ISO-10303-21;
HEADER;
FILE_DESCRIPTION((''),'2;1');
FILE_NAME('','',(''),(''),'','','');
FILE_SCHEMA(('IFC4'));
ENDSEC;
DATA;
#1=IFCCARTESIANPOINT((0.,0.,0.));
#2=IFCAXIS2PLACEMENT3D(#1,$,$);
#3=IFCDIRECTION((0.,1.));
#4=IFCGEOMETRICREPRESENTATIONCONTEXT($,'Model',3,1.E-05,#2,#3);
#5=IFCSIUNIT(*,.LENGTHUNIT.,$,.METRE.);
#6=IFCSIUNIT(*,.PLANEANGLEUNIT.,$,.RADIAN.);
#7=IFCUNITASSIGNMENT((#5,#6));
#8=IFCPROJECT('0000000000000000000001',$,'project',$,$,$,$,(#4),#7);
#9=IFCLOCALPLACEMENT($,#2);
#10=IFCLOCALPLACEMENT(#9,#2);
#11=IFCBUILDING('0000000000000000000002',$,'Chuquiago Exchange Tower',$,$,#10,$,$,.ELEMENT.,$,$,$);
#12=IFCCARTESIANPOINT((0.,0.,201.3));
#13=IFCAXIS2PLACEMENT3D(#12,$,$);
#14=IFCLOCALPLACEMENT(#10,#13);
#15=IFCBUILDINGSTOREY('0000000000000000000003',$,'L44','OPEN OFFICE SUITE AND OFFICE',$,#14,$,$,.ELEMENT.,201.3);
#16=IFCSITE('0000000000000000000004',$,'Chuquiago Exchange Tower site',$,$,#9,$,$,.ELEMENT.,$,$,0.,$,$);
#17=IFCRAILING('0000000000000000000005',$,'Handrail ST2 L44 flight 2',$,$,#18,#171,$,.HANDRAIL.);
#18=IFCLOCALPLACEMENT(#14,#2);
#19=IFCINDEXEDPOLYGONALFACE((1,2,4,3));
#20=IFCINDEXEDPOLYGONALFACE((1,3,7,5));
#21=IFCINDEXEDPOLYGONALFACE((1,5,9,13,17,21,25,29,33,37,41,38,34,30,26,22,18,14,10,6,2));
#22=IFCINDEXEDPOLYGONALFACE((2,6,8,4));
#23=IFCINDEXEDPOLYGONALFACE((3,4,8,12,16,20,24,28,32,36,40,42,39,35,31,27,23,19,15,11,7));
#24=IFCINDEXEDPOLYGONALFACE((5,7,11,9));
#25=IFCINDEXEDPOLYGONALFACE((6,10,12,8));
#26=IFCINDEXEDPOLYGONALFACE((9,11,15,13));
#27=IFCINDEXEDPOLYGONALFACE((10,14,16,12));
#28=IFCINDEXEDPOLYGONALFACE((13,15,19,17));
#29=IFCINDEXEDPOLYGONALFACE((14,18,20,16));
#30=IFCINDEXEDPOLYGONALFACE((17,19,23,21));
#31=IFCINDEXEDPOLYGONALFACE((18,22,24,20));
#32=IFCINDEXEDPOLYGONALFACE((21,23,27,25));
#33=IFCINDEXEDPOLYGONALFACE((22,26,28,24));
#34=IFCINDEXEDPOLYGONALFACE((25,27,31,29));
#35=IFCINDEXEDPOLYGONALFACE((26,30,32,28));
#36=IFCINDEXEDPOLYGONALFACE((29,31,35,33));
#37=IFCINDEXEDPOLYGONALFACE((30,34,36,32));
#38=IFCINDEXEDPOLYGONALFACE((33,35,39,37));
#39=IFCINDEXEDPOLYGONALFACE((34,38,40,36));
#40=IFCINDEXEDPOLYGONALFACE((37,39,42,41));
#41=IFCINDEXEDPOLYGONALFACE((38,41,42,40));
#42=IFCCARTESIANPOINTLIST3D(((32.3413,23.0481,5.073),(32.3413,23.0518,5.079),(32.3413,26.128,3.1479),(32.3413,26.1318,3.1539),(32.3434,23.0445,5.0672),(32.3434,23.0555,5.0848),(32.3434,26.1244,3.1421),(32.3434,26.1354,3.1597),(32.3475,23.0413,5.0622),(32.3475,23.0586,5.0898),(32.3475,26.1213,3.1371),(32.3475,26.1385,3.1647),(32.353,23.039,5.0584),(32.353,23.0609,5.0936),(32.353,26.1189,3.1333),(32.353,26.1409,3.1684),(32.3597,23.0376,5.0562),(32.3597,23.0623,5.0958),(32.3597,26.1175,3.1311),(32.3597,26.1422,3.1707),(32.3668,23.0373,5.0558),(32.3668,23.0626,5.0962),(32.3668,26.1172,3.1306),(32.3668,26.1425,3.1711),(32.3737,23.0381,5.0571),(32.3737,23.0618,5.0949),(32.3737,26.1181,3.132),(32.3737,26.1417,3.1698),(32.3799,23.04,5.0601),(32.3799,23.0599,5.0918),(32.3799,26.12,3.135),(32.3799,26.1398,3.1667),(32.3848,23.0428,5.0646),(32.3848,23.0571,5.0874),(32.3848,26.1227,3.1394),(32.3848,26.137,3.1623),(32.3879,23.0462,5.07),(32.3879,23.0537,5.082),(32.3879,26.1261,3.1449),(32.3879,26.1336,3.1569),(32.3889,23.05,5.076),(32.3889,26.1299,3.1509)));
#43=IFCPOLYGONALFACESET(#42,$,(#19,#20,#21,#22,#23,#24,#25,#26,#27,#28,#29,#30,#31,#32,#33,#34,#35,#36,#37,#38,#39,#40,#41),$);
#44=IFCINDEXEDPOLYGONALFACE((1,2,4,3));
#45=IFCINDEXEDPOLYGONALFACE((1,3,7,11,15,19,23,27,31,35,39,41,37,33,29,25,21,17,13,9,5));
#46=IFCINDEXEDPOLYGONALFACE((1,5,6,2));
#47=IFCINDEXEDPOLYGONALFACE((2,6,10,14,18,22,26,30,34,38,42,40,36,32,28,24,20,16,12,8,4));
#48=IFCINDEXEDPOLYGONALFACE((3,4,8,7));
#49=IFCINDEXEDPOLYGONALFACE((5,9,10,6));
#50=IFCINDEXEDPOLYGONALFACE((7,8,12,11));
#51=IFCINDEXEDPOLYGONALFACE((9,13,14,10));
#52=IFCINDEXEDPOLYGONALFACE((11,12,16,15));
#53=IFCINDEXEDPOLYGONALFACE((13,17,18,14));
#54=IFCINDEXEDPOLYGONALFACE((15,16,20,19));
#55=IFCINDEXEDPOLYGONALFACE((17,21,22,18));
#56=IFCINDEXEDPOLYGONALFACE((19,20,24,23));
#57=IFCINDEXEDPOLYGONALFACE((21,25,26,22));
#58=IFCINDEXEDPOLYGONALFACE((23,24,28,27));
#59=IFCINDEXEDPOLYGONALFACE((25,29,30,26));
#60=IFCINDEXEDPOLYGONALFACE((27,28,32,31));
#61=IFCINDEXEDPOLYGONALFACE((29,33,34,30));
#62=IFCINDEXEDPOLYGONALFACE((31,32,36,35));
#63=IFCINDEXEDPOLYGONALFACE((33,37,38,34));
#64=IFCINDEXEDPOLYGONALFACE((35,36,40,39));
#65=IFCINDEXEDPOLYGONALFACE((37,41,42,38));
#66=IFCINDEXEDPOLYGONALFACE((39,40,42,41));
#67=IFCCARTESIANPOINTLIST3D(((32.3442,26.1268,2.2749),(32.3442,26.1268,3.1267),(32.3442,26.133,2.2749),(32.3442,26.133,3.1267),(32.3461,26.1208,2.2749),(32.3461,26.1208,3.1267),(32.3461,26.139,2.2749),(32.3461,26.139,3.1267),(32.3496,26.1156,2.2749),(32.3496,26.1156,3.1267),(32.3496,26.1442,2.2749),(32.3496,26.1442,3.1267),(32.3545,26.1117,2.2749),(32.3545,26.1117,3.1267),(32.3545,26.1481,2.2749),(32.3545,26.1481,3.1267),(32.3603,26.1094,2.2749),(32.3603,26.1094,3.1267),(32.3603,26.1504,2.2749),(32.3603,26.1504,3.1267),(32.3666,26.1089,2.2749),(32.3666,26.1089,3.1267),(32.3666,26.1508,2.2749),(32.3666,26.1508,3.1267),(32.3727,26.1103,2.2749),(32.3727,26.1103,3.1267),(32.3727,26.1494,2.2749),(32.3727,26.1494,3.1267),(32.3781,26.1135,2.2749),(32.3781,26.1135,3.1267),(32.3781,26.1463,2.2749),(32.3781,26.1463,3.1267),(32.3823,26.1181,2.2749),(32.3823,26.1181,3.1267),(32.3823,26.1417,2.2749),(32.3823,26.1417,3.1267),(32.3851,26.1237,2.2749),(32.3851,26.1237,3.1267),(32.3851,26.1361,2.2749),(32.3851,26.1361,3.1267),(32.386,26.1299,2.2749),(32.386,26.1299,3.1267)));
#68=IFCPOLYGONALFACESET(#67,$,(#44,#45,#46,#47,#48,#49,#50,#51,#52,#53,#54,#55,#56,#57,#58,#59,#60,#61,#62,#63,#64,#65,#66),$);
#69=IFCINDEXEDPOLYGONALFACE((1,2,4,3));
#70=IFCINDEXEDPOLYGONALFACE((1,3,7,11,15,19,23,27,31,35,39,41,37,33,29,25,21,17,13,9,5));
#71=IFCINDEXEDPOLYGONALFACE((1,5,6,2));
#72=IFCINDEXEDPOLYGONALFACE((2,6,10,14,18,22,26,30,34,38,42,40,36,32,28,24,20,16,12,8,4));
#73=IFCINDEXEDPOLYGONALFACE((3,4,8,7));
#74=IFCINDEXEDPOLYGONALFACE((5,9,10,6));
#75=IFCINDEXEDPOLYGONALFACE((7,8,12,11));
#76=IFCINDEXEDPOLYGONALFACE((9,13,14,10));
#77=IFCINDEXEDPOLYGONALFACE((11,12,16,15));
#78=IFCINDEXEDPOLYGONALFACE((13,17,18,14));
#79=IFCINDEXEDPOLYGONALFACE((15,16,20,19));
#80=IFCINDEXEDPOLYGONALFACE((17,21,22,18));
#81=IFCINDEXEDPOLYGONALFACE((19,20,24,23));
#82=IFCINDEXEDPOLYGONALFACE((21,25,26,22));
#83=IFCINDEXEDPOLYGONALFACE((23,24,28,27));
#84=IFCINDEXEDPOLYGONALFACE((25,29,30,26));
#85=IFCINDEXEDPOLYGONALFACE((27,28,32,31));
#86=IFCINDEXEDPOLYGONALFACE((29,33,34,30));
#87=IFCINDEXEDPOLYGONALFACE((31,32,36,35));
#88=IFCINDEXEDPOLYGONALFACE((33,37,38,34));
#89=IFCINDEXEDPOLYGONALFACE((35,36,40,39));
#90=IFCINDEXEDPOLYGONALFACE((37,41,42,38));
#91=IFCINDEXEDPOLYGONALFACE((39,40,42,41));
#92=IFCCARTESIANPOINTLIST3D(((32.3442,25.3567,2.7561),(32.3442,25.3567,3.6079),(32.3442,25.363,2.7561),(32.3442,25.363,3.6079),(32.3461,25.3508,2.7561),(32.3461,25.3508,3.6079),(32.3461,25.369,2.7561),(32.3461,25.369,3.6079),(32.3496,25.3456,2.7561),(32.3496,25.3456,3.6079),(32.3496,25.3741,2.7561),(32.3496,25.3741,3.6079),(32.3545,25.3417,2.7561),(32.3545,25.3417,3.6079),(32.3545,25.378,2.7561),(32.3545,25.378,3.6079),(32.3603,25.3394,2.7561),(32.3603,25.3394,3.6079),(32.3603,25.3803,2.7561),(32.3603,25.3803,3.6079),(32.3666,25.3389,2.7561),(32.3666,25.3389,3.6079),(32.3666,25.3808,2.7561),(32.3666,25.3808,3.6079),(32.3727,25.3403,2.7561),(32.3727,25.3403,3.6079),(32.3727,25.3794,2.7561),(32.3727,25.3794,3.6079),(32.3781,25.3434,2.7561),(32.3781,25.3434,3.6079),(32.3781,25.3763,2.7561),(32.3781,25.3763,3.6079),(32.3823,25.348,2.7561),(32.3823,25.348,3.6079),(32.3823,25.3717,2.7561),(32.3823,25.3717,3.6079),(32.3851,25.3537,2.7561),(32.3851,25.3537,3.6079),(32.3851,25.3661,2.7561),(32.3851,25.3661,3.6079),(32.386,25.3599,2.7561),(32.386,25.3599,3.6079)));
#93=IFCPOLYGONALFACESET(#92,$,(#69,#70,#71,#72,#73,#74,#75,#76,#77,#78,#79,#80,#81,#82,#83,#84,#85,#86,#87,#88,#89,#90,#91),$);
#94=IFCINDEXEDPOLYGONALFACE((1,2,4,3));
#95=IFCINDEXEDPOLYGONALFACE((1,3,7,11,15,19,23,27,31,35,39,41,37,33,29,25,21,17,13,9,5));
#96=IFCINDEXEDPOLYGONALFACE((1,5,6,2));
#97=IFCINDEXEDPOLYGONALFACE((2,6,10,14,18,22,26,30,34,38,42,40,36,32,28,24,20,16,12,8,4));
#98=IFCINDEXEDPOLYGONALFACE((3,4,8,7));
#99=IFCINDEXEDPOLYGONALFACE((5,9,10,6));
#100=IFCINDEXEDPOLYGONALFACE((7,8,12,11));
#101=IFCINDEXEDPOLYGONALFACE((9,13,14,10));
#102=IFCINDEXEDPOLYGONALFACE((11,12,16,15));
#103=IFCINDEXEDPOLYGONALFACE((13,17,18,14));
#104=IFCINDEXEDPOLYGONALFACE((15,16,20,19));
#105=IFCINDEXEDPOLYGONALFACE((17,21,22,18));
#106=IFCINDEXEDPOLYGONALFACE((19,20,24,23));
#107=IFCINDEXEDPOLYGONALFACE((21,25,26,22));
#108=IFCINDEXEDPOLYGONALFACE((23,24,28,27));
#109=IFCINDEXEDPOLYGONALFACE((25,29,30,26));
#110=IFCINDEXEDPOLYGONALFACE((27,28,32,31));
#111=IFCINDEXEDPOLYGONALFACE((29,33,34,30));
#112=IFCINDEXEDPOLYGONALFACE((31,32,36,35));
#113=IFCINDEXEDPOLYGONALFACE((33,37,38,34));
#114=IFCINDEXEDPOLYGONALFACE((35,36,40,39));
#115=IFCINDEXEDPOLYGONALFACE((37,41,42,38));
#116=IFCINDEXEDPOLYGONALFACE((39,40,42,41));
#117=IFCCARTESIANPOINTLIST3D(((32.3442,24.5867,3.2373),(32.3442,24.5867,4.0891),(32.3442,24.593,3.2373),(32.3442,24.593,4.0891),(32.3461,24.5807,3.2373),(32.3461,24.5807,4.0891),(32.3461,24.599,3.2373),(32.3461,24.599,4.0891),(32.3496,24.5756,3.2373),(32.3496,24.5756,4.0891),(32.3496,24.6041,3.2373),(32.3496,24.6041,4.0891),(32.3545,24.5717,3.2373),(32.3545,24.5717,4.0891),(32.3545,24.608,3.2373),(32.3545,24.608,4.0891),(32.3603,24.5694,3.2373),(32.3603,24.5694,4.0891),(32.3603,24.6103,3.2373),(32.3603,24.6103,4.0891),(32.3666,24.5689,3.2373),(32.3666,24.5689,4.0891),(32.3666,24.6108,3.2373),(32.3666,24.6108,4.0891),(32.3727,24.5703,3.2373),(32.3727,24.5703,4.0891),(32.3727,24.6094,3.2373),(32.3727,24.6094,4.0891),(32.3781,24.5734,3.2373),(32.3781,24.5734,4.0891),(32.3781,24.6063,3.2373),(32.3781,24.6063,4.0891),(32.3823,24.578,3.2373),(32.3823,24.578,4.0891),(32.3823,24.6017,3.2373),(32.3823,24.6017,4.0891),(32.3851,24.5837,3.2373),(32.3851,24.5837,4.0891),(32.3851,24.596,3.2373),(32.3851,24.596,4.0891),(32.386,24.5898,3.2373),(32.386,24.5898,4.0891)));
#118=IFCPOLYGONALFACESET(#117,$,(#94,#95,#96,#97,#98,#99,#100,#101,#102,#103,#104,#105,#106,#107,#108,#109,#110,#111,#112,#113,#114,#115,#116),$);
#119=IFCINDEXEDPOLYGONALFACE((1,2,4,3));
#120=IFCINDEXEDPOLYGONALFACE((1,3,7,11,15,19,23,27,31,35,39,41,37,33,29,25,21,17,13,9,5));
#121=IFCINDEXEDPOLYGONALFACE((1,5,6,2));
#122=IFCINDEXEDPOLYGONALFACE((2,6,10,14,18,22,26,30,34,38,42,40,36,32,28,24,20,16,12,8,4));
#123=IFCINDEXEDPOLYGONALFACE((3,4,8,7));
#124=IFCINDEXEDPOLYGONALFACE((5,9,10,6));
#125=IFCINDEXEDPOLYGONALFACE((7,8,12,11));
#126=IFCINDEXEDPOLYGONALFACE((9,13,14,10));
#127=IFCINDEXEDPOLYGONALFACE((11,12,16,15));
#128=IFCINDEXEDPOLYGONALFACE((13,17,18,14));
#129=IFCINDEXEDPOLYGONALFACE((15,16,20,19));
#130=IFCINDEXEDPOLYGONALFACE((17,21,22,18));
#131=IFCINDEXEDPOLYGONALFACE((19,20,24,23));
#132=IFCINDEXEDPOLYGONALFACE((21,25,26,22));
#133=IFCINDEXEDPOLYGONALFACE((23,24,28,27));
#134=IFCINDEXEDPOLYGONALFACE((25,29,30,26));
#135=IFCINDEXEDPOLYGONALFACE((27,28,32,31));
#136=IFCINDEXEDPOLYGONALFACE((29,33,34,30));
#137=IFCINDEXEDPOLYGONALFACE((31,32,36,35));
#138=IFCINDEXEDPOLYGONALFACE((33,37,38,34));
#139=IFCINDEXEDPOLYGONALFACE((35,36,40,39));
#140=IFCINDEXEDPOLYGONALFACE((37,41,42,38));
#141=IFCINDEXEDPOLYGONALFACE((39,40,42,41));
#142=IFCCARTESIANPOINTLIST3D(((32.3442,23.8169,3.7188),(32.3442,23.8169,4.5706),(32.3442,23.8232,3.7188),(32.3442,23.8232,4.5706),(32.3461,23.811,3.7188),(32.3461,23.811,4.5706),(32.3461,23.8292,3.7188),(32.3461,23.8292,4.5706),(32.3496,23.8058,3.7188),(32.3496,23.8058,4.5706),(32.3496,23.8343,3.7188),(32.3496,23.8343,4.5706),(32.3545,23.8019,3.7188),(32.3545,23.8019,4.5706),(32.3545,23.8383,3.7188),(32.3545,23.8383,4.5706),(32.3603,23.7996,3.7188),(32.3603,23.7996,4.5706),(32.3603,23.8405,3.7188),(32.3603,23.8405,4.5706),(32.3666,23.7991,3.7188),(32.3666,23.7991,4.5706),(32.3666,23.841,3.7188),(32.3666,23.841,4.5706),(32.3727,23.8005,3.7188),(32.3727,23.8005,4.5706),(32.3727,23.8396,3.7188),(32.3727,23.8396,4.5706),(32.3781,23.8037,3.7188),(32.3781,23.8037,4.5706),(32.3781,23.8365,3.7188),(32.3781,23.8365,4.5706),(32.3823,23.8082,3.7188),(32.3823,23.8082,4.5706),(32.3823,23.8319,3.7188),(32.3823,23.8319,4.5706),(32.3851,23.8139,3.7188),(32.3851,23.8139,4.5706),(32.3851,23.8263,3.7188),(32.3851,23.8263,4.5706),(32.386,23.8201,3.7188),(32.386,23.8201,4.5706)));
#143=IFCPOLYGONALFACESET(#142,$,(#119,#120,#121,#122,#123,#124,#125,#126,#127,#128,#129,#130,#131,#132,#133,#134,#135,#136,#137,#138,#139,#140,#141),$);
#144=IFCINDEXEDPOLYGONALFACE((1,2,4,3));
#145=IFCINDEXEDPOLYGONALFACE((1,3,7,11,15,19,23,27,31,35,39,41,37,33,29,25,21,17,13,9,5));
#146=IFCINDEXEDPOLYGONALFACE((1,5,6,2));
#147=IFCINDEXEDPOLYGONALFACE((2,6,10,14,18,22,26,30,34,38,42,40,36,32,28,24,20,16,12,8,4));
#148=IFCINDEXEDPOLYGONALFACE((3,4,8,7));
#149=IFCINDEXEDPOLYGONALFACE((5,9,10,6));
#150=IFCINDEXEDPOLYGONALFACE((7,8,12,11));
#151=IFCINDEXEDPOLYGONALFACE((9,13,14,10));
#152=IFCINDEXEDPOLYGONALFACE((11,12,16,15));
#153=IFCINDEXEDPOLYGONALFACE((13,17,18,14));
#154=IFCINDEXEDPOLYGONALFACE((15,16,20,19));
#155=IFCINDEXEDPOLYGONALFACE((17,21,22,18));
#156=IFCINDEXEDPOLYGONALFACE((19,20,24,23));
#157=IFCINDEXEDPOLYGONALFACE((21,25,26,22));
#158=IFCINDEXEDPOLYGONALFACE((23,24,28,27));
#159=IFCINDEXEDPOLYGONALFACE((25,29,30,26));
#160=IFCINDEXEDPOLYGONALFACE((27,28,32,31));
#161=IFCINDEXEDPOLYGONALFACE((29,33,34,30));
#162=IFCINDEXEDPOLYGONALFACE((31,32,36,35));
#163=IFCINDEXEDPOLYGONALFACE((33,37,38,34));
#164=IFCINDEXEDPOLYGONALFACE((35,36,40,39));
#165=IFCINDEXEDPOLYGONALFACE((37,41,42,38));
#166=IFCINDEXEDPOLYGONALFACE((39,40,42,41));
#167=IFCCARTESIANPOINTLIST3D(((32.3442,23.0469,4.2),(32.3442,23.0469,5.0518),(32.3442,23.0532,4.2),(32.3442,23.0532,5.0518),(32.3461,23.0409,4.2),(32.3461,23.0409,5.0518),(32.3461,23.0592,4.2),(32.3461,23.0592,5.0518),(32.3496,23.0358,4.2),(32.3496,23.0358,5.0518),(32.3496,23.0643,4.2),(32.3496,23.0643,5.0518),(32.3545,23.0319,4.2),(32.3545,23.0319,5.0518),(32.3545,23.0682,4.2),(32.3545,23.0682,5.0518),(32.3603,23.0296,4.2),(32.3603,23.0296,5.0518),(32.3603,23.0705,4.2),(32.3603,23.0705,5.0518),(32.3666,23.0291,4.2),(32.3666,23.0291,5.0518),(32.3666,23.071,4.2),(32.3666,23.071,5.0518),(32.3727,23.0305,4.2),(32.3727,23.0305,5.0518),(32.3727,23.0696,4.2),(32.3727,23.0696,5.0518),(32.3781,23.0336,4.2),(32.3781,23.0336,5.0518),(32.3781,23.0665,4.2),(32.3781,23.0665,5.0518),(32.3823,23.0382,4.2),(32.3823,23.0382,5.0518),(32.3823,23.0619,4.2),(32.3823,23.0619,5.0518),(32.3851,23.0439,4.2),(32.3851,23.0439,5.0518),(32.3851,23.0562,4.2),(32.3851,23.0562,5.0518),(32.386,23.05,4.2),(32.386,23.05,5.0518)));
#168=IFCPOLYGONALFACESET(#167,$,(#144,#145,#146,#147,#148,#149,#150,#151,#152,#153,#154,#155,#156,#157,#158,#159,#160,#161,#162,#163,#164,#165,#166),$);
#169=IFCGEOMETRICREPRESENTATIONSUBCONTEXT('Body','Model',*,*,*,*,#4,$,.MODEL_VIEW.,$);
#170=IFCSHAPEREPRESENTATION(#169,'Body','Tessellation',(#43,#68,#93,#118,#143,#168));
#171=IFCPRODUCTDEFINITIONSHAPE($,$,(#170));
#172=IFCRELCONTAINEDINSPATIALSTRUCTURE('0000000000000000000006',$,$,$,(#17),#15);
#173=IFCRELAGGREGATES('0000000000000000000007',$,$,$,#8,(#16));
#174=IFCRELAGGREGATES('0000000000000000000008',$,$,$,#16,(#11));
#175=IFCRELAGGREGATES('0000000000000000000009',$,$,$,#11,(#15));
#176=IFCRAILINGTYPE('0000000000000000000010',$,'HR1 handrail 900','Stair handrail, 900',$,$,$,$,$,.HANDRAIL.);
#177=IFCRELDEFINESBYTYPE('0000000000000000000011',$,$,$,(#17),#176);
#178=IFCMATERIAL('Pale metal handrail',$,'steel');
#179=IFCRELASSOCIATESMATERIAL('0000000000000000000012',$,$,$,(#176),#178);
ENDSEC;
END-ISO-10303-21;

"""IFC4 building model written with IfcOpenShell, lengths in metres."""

from ifc_helpers import new_model, si_unit, direction, frame, origin, origin_2d, place, context, subcontext, project, spatial, circle, extrude, material, type_object, element, save


model = new_model("IFC4")

# Units and contexts
model_context = context("Model", 3, precision=1e-05, world=origin(), true_north=direction((0.0, 1.0)))
body_context = subcontext(model_context, "Body", "Model", "MODEL_VIEW")
ifc_project = project(units=[si_unit("LENGTHUNIT", "METRE"), si_unit("PLANEANGLEUNIT", "RADIAN")], contexts=[model_context])

# Site, building, storey
site_placement = place(None, origin())
site = spatial("IfcSite", under=ifc_project, at=site_placement, Name="Chuquiago Exchange Tower site", CompositionType="ELEMENT", RefElevation=0.0)
building_placement = place(site_placement, origin())
building = spatial("IfcBuilding", under=site, at=building_placement, Name="Chuquiago Exchange Tower", CompositionType="ELEMENT")
storey_placement = place(building_placement, frame((0.0, 0.0, 201.3)))
storey = spatial("IfcBuildingStorey", under=building, at=storey_placement, Name="L44", Description="OPEN OFFICE SUITE AND OFFICE", CompositionType="ELEMENT", Elevation=201.3)

# Railing
ifc_material_1 = material(Name="Pale metal handrail", Category="steel")
railing_type_1 = type_object("IfcRailingType", Name="HR1 handrail 900", Description="Stair handrail, 900", PredefinedType="HANDRAIL", material=ifc_material_1)
for number, where, name in (
    (1, (32.365, 26.1299, 2.2749), "Handrail ST2 L44 flight 2"),
):
    element("IfcRailing", number, at=place(storey_placement, frame(where)), inside=storey, type_object=railing_type_1, Name=name, PredefinedType="HANDRAIL", context=body_context, shape_type="SweptSolid", body=[
        extrude(circle(Radius=0.0239, at=origin_2d()), frame((0.0, 0.0, 0.876), z_axis=(0.0, -0.847979, 0.530029), x_axis=(1.0, 0.0, 0.0)), (0.0, 0.0, 1.0), 3.6321),
        extrude(circle(Radius=0.021, at=origin_2d()), origin(), (0.0, 0.0, 1.0), 0.8518),
        extrude(circle(Radius=0.021, at=origin_2d()), frame((0.0, -0.77, 0.4812)), (0.0, 0.0, 1.0), 0.8518),
        extrude(circle(Radius=0.021, at=origin_2d()), frame((0.0, -1.54, 0.9624)), (0.0, 0.0, 1.0), 0.8518),
        extrude(circle(Radius=0.021, at=origin_2d()), frame((0.0, -2.3098, 1.4438)), (0.0, 0.0, 1.0), 0.8518),
        extrude(circle(Radius=0.021, at=origin_2d()), frame((0.0, -3.0798, 1.925)), (0.0, 0.0, 1.0), 0.8518),
    ])

save(model, "model.ifc")
